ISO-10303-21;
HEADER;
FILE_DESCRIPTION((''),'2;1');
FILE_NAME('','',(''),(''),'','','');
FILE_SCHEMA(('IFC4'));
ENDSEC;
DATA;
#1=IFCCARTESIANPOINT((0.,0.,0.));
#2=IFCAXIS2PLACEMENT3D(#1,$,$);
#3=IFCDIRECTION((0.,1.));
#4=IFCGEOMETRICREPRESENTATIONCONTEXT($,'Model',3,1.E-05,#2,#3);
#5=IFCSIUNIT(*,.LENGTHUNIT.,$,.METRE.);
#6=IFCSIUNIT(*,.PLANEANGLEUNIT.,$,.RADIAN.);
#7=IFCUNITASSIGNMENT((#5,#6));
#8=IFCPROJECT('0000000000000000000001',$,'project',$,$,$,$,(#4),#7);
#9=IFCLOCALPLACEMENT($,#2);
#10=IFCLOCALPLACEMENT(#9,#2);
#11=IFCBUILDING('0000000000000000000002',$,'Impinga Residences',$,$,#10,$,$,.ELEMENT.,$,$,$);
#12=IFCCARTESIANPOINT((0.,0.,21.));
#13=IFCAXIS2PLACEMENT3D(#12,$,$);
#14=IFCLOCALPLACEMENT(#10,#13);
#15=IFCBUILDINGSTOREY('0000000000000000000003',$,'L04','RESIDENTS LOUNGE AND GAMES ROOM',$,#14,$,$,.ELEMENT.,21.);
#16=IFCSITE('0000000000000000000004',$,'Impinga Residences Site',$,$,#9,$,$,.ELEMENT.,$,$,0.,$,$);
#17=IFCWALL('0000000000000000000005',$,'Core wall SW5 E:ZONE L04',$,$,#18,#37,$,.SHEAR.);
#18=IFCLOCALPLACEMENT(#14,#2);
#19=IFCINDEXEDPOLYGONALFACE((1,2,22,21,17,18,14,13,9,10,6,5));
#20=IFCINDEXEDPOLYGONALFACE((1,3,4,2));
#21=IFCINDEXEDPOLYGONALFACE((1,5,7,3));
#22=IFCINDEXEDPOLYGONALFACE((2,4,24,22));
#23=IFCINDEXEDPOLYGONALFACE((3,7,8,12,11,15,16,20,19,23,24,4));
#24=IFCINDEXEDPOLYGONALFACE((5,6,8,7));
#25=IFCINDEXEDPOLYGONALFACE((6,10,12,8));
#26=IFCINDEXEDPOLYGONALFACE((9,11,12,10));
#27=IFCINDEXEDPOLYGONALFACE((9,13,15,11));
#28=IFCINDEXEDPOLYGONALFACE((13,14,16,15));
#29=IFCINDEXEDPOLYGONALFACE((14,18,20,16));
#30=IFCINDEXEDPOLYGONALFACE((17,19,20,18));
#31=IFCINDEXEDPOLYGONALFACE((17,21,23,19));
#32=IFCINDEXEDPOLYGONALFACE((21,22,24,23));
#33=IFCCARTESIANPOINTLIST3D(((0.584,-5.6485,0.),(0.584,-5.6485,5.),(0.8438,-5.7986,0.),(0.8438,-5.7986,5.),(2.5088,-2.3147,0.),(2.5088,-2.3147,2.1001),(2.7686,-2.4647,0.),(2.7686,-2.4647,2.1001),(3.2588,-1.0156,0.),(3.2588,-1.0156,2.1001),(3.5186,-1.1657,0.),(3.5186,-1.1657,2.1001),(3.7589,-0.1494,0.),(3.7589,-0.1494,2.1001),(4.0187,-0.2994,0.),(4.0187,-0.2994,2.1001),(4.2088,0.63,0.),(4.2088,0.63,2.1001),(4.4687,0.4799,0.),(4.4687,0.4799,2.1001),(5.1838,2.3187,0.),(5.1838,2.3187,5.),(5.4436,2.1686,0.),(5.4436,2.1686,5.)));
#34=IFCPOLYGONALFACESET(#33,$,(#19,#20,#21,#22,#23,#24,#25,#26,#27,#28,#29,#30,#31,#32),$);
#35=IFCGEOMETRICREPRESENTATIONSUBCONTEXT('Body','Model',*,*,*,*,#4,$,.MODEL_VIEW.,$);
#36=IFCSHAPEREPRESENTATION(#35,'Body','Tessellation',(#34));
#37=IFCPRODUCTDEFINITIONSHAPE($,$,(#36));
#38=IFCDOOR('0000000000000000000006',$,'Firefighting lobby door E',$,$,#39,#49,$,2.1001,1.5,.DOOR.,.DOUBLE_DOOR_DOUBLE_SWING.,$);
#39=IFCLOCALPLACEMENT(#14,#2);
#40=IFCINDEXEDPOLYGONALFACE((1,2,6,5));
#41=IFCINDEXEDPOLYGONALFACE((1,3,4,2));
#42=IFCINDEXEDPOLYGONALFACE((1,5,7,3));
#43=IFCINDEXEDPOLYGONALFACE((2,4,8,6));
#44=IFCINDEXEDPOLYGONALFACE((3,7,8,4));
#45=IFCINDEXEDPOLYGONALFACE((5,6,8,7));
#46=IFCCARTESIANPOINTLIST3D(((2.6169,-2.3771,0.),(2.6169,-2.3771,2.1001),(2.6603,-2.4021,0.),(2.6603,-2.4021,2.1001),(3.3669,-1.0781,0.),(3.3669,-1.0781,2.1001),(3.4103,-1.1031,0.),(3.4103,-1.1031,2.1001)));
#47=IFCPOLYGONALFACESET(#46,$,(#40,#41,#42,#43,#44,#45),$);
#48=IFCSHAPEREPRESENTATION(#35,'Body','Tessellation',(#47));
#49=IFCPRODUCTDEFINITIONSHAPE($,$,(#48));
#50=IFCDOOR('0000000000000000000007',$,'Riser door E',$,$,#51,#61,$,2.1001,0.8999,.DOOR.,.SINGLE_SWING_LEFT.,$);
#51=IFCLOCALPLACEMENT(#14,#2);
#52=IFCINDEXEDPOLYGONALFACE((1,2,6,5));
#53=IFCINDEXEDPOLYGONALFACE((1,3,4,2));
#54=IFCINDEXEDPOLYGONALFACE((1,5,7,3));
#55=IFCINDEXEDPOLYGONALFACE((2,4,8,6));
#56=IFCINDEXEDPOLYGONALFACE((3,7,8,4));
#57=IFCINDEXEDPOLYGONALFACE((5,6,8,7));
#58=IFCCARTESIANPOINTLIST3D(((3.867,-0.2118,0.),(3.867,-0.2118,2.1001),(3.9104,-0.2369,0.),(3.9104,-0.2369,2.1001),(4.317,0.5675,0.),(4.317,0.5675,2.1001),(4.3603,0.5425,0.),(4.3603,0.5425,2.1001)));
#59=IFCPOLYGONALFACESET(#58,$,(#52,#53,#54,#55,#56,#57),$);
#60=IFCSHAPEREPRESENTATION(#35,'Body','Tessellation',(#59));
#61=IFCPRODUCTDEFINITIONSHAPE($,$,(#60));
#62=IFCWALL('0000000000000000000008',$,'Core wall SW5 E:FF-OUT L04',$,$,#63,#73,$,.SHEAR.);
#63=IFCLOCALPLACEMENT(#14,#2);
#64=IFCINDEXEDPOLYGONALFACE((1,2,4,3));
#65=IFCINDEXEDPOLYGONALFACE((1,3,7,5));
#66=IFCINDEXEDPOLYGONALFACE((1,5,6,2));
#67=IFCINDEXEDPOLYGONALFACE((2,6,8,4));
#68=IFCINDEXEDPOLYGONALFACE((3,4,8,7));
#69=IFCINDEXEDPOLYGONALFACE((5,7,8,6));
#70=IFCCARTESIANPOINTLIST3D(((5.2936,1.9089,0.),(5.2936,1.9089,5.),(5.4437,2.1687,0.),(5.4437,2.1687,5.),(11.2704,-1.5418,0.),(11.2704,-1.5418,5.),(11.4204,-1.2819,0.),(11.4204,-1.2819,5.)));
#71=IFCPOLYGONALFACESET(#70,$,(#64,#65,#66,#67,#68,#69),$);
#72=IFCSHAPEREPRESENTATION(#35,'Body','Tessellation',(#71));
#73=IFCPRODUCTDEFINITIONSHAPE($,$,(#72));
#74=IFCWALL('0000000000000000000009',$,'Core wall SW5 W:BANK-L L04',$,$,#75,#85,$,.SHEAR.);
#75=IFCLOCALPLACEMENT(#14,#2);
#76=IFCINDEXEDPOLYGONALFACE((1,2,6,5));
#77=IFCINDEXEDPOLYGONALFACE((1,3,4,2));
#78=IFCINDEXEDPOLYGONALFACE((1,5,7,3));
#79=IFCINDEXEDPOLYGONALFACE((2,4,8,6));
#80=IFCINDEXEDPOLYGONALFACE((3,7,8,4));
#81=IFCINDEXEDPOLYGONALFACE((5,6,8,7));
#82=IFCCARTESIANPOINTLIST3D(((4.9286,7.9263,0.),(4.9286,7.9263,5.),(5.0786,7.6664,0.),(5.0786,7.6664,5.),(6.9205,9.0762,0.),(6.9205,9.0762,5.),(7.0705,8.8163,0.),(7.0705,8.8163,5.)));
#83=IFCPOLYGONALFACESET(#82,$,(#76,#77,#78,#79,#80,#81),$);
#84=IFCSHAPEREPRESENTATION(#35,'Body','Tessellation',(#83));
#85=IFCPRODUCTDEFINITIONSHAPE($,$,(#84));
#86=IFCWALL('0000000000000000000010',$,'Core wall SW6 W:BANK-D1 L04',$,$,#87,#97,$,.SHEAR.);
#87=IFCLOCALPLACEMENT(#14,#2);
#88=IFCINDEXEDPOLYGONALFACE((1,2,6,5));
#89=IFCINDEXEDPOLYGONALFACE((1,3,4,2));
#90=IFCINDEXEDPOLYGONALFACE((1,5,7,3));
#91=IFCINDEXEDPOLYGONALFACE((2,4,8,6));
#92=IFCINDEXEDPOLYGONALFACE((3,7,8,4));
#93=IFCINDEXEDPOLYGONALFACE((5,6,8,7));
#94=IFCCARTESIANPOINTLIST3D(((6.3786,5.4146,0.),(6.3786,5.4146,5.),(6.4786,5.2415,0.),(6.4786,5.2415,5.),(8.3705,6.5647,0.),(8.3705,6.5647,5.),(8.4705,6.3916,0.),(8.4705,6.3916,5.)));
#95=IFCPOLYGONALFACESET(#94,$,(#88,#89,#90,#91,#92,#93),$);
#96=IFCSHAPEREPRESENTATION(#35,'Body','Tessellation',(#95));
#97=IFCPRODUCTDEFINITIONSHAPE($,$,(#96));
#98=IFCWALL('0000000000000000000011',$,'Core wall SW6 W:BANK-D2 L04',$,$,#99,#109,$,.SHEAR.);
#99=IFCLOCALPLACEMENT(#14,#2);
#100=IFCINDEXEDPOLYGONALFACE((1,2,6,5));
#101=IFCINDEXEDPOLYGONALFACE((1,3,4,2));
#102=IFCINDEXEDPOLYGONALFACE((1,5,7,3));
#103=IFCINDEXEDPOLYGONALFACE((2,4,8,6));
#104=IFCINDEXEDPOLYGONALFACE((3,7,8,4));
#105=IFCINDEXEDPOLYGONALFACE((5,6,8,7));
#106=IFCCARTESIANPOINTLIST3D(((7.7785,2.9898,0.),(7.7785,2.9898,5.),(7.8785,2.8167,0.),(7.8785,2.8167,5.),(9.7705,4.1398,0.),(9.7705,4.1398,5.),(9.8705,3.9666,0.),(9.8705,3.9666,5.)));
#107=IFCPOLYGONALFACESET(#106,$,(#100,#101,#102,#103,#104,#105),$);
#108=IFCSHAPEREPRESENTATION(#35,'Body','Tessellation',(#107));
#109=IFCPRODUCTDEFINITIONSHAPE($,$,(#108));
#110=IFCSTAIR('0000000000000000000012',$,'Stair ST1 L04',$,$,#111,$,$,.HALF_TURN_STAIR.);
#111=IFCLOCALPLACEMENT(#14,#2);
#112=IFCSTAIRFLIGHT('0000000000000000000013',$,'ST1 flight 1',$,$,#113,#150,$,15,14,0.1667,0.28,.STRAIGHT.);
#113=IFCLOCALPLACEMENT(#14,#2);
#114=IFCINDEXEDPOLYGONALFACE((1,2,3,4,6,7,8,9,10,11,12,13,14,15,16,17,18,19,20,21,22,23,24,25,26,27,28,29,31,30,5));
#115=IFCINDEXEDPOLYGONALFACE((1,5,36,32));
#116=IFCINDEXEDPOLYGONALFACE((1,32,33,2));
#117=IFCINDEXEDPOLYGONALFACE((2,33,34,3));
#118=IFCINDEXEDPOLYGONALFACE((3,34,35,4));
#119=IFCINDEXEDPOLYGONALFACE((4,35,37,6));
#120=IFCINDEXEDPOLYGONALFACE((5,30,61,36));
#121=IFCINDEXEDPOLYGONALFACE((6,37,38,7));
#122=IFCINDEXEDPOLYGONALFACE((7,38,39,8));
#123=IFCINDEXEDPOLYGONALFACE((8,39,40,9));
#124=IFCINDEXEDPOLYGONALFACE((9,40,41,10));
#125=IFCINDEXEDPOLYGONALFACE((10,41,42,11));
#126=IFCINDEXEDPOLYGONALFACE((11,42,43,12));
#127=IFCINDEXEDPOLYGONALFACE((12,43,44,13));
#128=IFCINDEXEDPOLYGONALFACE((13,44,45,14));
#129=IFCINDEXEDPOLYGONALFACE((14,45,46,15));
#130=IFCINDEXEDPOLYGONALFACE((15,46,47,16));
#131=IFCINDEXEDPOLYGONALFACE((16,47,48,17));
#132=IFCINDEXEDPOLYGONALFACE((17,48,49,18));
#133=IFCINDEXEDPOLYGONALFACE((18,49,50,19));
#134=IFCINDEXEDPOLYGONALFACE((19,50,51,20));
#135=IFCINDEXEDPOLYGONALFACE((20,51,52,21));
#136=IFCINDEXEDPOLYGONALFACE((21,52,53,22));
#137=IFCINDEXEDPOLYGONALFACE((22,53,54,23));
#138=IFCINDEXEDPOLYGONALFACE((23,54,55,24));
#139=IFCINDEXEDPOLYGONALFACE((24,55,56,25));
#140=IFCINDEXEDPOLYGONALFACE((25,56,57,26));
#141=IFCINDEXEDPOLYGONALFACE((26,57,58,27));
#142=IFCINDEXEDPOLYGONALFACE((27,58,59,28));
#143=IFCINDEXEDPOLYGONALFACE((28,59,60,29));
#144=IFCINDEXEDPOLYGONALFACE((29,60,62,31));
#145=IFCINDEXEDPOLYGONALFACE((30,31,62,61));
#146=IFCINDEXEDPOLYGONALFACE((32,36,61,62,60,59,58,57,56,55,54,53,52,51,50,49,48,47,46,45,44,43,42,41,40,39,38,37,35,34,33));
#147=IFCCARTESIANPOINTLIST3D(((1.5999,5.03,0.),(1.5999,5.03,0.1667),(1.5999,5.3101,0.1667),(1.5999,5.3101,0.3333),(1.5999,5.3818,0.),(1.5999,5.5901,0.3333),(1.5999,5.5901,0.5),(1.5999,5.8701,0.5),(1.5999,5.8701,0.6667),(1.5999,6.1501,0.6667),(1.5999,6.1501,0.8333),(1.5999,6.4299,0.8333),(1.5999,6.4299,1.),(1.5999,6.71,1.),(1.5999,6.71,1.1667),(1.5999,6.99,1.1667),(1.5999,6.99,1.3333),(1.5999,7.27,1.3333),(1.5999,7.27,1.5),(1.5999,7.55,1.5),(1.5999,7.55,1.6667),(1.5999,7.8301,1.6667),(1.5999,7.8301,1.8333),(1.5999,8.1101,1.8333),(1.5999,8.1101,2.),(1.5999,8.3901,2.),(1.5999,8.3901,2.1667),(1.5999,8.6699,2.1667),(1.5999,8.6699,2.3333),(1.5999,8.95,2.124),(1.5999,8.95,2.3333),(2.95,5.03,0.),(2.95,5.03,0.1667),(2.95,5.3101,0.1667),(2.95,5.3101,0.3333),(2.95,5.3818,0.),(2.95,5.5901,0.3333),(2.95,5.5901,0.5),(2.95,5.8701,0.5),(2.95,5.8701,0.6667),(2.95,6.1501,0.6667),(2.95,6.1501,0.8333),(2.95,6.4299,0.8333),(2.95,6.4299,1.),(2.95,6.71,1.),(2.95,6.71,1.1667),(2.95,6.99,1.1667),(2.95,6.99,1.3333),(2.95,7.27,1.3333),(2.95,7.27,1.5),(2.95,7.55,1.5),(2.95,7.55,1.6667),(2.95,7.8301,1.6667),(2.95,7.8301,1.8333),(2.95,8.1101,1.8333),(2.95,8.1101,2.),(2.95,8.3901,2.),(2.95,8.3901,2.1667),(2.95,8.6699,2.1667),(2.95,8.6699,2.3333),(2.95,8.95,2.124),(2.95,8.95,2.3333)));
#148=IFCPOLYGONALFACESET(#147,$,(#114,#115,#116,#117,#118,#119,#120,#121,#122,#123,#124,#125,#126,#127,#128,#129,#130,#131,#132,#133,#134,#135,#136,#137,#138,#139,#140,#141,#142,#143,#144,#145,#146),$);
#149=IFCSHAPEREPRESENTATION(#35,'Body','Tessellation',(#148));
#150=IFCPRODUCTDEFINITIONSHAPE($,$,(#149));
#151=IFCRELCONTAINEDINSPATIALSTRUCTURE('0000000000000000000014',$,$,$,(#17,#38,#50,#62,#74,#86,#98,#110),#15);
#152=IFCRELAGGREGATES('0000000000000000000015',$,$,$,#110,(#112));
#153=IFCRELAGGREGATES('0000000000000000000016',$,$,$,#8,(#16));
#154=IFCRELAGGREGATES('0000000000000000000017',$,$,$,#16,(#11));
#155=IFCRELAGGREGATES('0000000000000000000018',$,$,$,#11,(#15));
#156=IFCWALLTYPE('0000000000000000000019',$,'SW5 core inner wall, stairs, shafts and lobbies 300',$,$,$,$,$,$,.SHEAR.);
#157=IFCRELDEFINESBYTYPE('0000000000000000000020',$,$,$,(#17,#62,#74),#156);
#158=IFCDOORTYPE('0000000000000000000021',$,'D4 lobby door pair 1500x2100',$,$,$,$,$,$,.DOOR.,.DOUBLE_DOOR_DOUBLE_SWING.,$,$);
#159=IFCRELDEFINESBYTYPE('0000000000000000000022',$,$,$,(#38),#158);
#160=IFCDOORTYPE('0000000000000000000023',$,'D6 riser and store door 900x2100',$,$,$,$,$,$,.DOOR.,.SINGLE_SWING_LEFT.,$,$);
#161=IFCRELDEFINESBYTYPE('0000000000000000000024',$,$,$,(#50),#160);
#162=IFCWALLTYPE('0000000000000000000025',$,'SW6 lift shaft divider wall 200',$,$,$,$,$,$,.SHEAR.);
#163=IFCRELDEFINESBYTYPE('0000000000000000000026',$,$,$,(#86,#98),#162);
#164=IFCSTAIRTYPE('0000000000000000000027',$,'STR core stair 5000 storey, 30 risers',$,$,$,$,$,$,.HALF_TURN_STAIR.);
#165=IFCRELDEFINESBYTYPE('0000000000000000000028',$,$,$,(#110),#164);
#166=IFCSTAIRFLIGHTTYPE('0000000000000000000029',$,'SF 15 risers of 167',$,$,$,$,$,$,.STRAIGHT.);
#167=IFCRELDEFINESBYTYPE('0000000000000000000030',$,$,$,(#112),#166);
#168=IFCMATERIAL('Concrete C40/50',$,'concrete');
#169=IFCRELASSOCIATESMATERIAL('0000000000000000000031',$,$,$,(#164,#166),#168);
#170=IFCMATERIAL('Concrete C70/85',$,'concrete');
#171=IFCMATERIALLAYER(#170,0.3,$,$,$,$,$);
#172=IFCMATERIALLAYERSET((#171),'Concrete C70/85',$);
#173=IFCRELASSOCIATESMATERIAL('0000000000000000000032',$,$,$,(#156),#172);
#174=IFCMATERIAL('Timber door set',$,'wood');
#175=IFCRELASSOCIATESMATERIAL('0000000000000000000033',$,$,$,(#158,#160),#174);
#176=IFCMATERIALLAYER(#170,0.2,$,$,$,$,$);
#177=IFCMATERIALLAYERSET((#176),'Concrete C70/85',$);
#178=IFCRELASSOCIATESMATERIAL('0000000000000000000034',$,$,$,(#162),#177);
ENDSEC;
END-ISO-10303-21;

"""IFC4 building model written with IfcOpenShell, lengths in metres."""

from ifc_helpers import new_model, si_unit, direction, frame, frame_2d, origin, place, context, subcontext, project, spatial, polyline, rectangle, outline, extrude, material, layer, layer_set, type_object, element, fill, aggregate, save


model = new_model("IFC4")

# Units and contexts
model_context = context("Model", 3, precision=1e-05, world=origin(), true_north=direction((0.0, 1.0)))
body_context = subcontext(model_context, "Body", "Model", "MODEL_VIEW")
ifc_project = project(units=[si_unit("LENGTHUNIT", "METRE"), si_unit("PLANEANGLEUNIT", "RADIAN")], contexts=[model_context])

# Site, building, storey
site_placement = place(None, origin())
site = spatial("IfcSite", under=ifc_project, at=site_placement, Name="Impinga Residences Site", CompositionType="ELEMENT", RefElevation=0.0)
building_placement = place(site_placement, origin())
building = spatial("IfcBuilding", under=site, at=building_placement, Name="Impinga Residences", CompositionType="ELEMENT")
storey_placement = place(building_placement, frame((0.0, 0.0, 21.0)))
storey = spatial("IfcBuildingStorey", under=building, at=storey_placement, Name="L04", Description="RESIDENTS LOUNGE AND GAMES ROOM", CompositionType="ELEMENT", Elevation=21.0)

# Shared definitions
ifc_material_1 = material(Name="Concrete C40/50", Category="concrete")
stair_type_1 = type_object("IfcStairType", Name="STR core stair 5000 storey, 30 risers", PredefinedType="HALF_TURN_STAIR", material=ifc_material_1)

# Shared definitions
ifc_material_2 = material(Name="Concrete C70/85", Category="concrete")
ifc_layer_1 = layer(ifc_material_2, 0.3)
ifc_layer_set_1 = layer_set([ifc_layer_1], Name="Concrete C70/85")
wall_type_1 = type_object("IfcWallType", Name="SW5 core inner wall, stairs, shafts and lobbies 300", PredefinedType="SHEAR", material=ifc_layer_set_1)
ifc_material_3 = material(Name="Timber door set", Category="wood")

# Wall, openings, doors
wall_1_placement = place(storey_placement, frame((5.3137, 2.2437, 0.0), z_axis=(0.0, 0.0, 1.0), x_axis=(-0.499995, -0.866028, 0.0)))
wall_1 = element("IfcWall", 1, at=wall_1_placement, inside=storey, type_object=wall_type_1, Name="Core wall SW5 E:ZONE L04", PredefinedType="SHEAR", context=body_context, shape_type="SweptSolid", body=[
    extrude(rectangle(XDim=9.1997, YDim=0.3, at=frame_2d((4.5999, 0.0))), origin(), (0.0, 0.0, 1.0), 5.0),
])
opening_1_placement = place(wall_1_placement, frame((3.8501, 0.0, 0.0)))
opening_1 = element("IfcOpeningElement", 2, at=opening_1_placement, cuts=wall_1, PredefinedType="OPENING", context=body_context, shape_type="SweptSolid", body=[
    extrude(rectangle(XDim=1.5, YDim=2.1001, at=frame_2d((0.75, 1.05))), frame((0.0, 0.1599, 0.0), z_axis=(0.0, -1.0, 0.0), x_axis=(1.0, 0.0, 0.0)), (0.0, 0.0, 1.0), 0.3201),
])
opening_2_placement = place(wall_1_placement, frame((1.95, 0.0, 0.0)))
opening_2 = element("IfcOpeningElement", 3, at=opening_2_placement, cuts=wall_1, PredefinedType="OPENING", context=body_context, shape_type="SweptSolid", body=[
    extrude(rectangle(XDim=0.8999, YDim=2.1001, at=frame_2d((0.45, 1.05))), frame((0.0, 0.1599, 0.0), z_axis=(0.0, -1.0, 0.0), x_axis=(1.0, 0.0, 0.0)), (0.0, 0.0, 1.0), 0.3201),
])
door_type_1 = type_object("IfcDoorType", Name="D4 lobby door pair 1500x2100", OperationType="DOUBLE_DOOR_DOUBLE_SWING", PredefinedType="DOOR", material=ifc_material_3)
door_1_placement = place(opening_1_placement, origin())
door_1 = element("IfcDoor", 4, at=door_1_placement, inside=storey, type_object=door_type_1, Name="Firefighting lobby door E", OperationType="DOUBLE_DOOR_DOUBLE_SWING", OverallHeight=2.1001, OverallWidth=1.5, PredefinedType="DOOR", context=body_context, shape_type="SweptSolid", body=[
    extrude(rectangle(XDim=1.5, YDim=2.1001, at=frame_2d((0.75, 1.05))), frame((0.0, 0.0249, 0.0), z_axis=(0.0, -1.0, 0.0), x_axis=(1.0, 0.0, 0.0)), (0.0, 0.0, 1.0), 0.05),
])
fill(opening_1, door_1)
door_type_2 = type_object("IfcDoorType", Name="D6 riser and store door 900x2100", OperationType="SINGLE_SWING_LEFT", PredefinedType="DOOR", material=ifc_material_3)
door_2_placement = place(opening_2_placement, origin())
door_2 = element("IfcDoor", 5, at=door_2_placement, inside=storey, type_object=door_type_2, Name="Riser door E", OperationType="SINGLE_SWING_LEFT", OverallHeight=2.1001, OverallWidth=0.8999, PredefinedType="DOOR", context=body_context, shape_type="SweptSolid", body=[
    extrude(rectangle(XDim=0.8999, YDim=2.1001, at=frame_2d((0.45, 1.05))), frame((0.0, 0.0249, 0.0), z_axis=(0.0, -1.0, 0.0), x_axis=(1.0, 0.0, 0.0)), (0.0, 0.0, 1.0), 0.05),
])
fill(opening_2, door_2)

# Walls
wall_2_placement = place(storey_placement, frame((5.3687, 2.0388, 0.0), z_axis=(0.0, 0.0, 1.0), x_axis=(0.866027, -0.499997, 0.0)))
element("IfcWall", 6, at=wall_2_placement, inside=storey, type_object=wall_type_1, Name="Core wall SW5 E:FF-OUT L04", PredefinedType="SHEAR", context=body_context, shape_type="SweptSolid", body=[
    extrude(rectangle(XDim=6.9014, YDim=0.3, at=frame_2d((3.4507, 0.0))), origin(), (0.0, 0.0, 1.0), 5.0),
])
wall_3_placement = place(storey_placement, frame((5.0037, 7.7964, 0.0), z_axis=(0.0, 0.0, 1.0), x_axis=(0.866053, 0.499952, 0.0)))
element("IfcWall", 7, at=wall_3_placement, inside=storey, type_object=wall_type_1, Name="Core wall SW5 W:BANK-L L04", PredefinedType="SHEAR", context=body_context, shape_type="SweptSolid", body=[
    extrude(rectangle(XDim=2.3, YDim=0.3, at=frame_2d((1.1499, 0.0))), origin(), (0.0, 0.0, 1.0), 5.0),
])
ifc_layer_2 = layer(ifc_material_2, 0.2)
ifc_layer_set_2 = layer_set([ifc_layer_2], Name="Concrete C70/85")
wall_type_2 = type_object("IfcWallType", Name="SW6 lift shaft divider wall 200", PredefinedType="SHEAR", material=ifc_layer_set_2)
for number, where, z_axis, x_axis, name in (
    (8, (6.4287, 5.3281, 0.0), (0.0, 0.0, 1.0), (0.866007, 0.500032, 0.0), "Core wall SW6 W:BANK-D1 L04"),
    (9, (7.8286, 2.9033, 0.0), (0.0, 0.0, 1.0), (0.866053, 0.499952, 0.0), "Core wall SW6 W:BANK-D2 L04"),
):
    element("IfcWall", number, at=place(storey_placement, frame(where, z_axis=z_axis, x_axis=x_axis)), inside=storey, type_object=wall_type_2, Name=name, PredefinedType="SHEAR", context=body_context, shape_type="SweptSolid", body=[
        extrude(rectangle(XDim=2.3, YDim=0.2, at=frame_2d((1.1499, 0.0))), origin(), (0.0, 0.0, 1.0), 5.0),
    ])

# Stair, stair flight
stair_1_placement = place(storey_placement, origin())
stair_1 = element("IfcStair", 10, at=stair_1_placement, inside=storey, type_object=stair_type_1, Name="Stair ST1 L04", PredefinedType="HALF_TURN_STAIR")
stair_flight_type = type_object("IfcStairFlightType", Name="SF 15 risers of 167", PredefinedType="STRAIGHT", material=ifc_material_1)
stair_flight_placement = place(storey_placement, frame((2.2749, 5.03, 0.0), z_axis=(0.0, 0.0, 1.0), x_axis=(0.0, 1.0, 0.0)))
stair_flight = element("IfcStairFlight", 11, at=stair_flight_placement, type_object=stair_flight_type, Name="ST1 flight 1", NumberOfRisers=15, NumberOfTreads=14, PredefinedType="STRAIGHT", RiserHeight=0.1667, TreadLength=0.28, context=body_context, shape_type="SweptSolid", body=[
    extrude(outline(polyline([(0.0, 0.0), (0.0, 0.1667), (0.28, 0.1667), (0.28, 0.3333), (0.5601, 0.3333), (0.5601, 0.5), (0.8401, 0.5), (0.8401, 0.6667), (1.1201, 0.6667), (1.1201, 0.8333), (1.3999, 0.8333), (1.3999, 1.0), (1.6799, 1.0), (1.6799, 1.1667), (1.96, 1.1667), (1.96, 1.3333), (2.24, 1.3333), (2.24, 1.5), (2.52, 1.5), (2.52, 1.6667), (2.8, 1.6667), (2.8, 1.8333), (3.0801, 1.8333), (3.0801, 2.0), (3.3601, 2.0), (3.3601, 2.1667), (3.6399, 2.1667), (3.6399, 2.3333), (3.9199, 2.3333), (3.9199, 2.5), (3.9199, 2.124), (0.3518, 0.0), (0.0, 0.0)])), frame((0.0, 0.675, 0.0), z_axis=(0.0, -1.0, 0.0), x_axis=(1.0, 0.0, 0.0)), (0.0, 0.0, 1.0), 1.3501),
])
aggregate(stair_1, [stair_flight])

save(model, "model.ifc")
